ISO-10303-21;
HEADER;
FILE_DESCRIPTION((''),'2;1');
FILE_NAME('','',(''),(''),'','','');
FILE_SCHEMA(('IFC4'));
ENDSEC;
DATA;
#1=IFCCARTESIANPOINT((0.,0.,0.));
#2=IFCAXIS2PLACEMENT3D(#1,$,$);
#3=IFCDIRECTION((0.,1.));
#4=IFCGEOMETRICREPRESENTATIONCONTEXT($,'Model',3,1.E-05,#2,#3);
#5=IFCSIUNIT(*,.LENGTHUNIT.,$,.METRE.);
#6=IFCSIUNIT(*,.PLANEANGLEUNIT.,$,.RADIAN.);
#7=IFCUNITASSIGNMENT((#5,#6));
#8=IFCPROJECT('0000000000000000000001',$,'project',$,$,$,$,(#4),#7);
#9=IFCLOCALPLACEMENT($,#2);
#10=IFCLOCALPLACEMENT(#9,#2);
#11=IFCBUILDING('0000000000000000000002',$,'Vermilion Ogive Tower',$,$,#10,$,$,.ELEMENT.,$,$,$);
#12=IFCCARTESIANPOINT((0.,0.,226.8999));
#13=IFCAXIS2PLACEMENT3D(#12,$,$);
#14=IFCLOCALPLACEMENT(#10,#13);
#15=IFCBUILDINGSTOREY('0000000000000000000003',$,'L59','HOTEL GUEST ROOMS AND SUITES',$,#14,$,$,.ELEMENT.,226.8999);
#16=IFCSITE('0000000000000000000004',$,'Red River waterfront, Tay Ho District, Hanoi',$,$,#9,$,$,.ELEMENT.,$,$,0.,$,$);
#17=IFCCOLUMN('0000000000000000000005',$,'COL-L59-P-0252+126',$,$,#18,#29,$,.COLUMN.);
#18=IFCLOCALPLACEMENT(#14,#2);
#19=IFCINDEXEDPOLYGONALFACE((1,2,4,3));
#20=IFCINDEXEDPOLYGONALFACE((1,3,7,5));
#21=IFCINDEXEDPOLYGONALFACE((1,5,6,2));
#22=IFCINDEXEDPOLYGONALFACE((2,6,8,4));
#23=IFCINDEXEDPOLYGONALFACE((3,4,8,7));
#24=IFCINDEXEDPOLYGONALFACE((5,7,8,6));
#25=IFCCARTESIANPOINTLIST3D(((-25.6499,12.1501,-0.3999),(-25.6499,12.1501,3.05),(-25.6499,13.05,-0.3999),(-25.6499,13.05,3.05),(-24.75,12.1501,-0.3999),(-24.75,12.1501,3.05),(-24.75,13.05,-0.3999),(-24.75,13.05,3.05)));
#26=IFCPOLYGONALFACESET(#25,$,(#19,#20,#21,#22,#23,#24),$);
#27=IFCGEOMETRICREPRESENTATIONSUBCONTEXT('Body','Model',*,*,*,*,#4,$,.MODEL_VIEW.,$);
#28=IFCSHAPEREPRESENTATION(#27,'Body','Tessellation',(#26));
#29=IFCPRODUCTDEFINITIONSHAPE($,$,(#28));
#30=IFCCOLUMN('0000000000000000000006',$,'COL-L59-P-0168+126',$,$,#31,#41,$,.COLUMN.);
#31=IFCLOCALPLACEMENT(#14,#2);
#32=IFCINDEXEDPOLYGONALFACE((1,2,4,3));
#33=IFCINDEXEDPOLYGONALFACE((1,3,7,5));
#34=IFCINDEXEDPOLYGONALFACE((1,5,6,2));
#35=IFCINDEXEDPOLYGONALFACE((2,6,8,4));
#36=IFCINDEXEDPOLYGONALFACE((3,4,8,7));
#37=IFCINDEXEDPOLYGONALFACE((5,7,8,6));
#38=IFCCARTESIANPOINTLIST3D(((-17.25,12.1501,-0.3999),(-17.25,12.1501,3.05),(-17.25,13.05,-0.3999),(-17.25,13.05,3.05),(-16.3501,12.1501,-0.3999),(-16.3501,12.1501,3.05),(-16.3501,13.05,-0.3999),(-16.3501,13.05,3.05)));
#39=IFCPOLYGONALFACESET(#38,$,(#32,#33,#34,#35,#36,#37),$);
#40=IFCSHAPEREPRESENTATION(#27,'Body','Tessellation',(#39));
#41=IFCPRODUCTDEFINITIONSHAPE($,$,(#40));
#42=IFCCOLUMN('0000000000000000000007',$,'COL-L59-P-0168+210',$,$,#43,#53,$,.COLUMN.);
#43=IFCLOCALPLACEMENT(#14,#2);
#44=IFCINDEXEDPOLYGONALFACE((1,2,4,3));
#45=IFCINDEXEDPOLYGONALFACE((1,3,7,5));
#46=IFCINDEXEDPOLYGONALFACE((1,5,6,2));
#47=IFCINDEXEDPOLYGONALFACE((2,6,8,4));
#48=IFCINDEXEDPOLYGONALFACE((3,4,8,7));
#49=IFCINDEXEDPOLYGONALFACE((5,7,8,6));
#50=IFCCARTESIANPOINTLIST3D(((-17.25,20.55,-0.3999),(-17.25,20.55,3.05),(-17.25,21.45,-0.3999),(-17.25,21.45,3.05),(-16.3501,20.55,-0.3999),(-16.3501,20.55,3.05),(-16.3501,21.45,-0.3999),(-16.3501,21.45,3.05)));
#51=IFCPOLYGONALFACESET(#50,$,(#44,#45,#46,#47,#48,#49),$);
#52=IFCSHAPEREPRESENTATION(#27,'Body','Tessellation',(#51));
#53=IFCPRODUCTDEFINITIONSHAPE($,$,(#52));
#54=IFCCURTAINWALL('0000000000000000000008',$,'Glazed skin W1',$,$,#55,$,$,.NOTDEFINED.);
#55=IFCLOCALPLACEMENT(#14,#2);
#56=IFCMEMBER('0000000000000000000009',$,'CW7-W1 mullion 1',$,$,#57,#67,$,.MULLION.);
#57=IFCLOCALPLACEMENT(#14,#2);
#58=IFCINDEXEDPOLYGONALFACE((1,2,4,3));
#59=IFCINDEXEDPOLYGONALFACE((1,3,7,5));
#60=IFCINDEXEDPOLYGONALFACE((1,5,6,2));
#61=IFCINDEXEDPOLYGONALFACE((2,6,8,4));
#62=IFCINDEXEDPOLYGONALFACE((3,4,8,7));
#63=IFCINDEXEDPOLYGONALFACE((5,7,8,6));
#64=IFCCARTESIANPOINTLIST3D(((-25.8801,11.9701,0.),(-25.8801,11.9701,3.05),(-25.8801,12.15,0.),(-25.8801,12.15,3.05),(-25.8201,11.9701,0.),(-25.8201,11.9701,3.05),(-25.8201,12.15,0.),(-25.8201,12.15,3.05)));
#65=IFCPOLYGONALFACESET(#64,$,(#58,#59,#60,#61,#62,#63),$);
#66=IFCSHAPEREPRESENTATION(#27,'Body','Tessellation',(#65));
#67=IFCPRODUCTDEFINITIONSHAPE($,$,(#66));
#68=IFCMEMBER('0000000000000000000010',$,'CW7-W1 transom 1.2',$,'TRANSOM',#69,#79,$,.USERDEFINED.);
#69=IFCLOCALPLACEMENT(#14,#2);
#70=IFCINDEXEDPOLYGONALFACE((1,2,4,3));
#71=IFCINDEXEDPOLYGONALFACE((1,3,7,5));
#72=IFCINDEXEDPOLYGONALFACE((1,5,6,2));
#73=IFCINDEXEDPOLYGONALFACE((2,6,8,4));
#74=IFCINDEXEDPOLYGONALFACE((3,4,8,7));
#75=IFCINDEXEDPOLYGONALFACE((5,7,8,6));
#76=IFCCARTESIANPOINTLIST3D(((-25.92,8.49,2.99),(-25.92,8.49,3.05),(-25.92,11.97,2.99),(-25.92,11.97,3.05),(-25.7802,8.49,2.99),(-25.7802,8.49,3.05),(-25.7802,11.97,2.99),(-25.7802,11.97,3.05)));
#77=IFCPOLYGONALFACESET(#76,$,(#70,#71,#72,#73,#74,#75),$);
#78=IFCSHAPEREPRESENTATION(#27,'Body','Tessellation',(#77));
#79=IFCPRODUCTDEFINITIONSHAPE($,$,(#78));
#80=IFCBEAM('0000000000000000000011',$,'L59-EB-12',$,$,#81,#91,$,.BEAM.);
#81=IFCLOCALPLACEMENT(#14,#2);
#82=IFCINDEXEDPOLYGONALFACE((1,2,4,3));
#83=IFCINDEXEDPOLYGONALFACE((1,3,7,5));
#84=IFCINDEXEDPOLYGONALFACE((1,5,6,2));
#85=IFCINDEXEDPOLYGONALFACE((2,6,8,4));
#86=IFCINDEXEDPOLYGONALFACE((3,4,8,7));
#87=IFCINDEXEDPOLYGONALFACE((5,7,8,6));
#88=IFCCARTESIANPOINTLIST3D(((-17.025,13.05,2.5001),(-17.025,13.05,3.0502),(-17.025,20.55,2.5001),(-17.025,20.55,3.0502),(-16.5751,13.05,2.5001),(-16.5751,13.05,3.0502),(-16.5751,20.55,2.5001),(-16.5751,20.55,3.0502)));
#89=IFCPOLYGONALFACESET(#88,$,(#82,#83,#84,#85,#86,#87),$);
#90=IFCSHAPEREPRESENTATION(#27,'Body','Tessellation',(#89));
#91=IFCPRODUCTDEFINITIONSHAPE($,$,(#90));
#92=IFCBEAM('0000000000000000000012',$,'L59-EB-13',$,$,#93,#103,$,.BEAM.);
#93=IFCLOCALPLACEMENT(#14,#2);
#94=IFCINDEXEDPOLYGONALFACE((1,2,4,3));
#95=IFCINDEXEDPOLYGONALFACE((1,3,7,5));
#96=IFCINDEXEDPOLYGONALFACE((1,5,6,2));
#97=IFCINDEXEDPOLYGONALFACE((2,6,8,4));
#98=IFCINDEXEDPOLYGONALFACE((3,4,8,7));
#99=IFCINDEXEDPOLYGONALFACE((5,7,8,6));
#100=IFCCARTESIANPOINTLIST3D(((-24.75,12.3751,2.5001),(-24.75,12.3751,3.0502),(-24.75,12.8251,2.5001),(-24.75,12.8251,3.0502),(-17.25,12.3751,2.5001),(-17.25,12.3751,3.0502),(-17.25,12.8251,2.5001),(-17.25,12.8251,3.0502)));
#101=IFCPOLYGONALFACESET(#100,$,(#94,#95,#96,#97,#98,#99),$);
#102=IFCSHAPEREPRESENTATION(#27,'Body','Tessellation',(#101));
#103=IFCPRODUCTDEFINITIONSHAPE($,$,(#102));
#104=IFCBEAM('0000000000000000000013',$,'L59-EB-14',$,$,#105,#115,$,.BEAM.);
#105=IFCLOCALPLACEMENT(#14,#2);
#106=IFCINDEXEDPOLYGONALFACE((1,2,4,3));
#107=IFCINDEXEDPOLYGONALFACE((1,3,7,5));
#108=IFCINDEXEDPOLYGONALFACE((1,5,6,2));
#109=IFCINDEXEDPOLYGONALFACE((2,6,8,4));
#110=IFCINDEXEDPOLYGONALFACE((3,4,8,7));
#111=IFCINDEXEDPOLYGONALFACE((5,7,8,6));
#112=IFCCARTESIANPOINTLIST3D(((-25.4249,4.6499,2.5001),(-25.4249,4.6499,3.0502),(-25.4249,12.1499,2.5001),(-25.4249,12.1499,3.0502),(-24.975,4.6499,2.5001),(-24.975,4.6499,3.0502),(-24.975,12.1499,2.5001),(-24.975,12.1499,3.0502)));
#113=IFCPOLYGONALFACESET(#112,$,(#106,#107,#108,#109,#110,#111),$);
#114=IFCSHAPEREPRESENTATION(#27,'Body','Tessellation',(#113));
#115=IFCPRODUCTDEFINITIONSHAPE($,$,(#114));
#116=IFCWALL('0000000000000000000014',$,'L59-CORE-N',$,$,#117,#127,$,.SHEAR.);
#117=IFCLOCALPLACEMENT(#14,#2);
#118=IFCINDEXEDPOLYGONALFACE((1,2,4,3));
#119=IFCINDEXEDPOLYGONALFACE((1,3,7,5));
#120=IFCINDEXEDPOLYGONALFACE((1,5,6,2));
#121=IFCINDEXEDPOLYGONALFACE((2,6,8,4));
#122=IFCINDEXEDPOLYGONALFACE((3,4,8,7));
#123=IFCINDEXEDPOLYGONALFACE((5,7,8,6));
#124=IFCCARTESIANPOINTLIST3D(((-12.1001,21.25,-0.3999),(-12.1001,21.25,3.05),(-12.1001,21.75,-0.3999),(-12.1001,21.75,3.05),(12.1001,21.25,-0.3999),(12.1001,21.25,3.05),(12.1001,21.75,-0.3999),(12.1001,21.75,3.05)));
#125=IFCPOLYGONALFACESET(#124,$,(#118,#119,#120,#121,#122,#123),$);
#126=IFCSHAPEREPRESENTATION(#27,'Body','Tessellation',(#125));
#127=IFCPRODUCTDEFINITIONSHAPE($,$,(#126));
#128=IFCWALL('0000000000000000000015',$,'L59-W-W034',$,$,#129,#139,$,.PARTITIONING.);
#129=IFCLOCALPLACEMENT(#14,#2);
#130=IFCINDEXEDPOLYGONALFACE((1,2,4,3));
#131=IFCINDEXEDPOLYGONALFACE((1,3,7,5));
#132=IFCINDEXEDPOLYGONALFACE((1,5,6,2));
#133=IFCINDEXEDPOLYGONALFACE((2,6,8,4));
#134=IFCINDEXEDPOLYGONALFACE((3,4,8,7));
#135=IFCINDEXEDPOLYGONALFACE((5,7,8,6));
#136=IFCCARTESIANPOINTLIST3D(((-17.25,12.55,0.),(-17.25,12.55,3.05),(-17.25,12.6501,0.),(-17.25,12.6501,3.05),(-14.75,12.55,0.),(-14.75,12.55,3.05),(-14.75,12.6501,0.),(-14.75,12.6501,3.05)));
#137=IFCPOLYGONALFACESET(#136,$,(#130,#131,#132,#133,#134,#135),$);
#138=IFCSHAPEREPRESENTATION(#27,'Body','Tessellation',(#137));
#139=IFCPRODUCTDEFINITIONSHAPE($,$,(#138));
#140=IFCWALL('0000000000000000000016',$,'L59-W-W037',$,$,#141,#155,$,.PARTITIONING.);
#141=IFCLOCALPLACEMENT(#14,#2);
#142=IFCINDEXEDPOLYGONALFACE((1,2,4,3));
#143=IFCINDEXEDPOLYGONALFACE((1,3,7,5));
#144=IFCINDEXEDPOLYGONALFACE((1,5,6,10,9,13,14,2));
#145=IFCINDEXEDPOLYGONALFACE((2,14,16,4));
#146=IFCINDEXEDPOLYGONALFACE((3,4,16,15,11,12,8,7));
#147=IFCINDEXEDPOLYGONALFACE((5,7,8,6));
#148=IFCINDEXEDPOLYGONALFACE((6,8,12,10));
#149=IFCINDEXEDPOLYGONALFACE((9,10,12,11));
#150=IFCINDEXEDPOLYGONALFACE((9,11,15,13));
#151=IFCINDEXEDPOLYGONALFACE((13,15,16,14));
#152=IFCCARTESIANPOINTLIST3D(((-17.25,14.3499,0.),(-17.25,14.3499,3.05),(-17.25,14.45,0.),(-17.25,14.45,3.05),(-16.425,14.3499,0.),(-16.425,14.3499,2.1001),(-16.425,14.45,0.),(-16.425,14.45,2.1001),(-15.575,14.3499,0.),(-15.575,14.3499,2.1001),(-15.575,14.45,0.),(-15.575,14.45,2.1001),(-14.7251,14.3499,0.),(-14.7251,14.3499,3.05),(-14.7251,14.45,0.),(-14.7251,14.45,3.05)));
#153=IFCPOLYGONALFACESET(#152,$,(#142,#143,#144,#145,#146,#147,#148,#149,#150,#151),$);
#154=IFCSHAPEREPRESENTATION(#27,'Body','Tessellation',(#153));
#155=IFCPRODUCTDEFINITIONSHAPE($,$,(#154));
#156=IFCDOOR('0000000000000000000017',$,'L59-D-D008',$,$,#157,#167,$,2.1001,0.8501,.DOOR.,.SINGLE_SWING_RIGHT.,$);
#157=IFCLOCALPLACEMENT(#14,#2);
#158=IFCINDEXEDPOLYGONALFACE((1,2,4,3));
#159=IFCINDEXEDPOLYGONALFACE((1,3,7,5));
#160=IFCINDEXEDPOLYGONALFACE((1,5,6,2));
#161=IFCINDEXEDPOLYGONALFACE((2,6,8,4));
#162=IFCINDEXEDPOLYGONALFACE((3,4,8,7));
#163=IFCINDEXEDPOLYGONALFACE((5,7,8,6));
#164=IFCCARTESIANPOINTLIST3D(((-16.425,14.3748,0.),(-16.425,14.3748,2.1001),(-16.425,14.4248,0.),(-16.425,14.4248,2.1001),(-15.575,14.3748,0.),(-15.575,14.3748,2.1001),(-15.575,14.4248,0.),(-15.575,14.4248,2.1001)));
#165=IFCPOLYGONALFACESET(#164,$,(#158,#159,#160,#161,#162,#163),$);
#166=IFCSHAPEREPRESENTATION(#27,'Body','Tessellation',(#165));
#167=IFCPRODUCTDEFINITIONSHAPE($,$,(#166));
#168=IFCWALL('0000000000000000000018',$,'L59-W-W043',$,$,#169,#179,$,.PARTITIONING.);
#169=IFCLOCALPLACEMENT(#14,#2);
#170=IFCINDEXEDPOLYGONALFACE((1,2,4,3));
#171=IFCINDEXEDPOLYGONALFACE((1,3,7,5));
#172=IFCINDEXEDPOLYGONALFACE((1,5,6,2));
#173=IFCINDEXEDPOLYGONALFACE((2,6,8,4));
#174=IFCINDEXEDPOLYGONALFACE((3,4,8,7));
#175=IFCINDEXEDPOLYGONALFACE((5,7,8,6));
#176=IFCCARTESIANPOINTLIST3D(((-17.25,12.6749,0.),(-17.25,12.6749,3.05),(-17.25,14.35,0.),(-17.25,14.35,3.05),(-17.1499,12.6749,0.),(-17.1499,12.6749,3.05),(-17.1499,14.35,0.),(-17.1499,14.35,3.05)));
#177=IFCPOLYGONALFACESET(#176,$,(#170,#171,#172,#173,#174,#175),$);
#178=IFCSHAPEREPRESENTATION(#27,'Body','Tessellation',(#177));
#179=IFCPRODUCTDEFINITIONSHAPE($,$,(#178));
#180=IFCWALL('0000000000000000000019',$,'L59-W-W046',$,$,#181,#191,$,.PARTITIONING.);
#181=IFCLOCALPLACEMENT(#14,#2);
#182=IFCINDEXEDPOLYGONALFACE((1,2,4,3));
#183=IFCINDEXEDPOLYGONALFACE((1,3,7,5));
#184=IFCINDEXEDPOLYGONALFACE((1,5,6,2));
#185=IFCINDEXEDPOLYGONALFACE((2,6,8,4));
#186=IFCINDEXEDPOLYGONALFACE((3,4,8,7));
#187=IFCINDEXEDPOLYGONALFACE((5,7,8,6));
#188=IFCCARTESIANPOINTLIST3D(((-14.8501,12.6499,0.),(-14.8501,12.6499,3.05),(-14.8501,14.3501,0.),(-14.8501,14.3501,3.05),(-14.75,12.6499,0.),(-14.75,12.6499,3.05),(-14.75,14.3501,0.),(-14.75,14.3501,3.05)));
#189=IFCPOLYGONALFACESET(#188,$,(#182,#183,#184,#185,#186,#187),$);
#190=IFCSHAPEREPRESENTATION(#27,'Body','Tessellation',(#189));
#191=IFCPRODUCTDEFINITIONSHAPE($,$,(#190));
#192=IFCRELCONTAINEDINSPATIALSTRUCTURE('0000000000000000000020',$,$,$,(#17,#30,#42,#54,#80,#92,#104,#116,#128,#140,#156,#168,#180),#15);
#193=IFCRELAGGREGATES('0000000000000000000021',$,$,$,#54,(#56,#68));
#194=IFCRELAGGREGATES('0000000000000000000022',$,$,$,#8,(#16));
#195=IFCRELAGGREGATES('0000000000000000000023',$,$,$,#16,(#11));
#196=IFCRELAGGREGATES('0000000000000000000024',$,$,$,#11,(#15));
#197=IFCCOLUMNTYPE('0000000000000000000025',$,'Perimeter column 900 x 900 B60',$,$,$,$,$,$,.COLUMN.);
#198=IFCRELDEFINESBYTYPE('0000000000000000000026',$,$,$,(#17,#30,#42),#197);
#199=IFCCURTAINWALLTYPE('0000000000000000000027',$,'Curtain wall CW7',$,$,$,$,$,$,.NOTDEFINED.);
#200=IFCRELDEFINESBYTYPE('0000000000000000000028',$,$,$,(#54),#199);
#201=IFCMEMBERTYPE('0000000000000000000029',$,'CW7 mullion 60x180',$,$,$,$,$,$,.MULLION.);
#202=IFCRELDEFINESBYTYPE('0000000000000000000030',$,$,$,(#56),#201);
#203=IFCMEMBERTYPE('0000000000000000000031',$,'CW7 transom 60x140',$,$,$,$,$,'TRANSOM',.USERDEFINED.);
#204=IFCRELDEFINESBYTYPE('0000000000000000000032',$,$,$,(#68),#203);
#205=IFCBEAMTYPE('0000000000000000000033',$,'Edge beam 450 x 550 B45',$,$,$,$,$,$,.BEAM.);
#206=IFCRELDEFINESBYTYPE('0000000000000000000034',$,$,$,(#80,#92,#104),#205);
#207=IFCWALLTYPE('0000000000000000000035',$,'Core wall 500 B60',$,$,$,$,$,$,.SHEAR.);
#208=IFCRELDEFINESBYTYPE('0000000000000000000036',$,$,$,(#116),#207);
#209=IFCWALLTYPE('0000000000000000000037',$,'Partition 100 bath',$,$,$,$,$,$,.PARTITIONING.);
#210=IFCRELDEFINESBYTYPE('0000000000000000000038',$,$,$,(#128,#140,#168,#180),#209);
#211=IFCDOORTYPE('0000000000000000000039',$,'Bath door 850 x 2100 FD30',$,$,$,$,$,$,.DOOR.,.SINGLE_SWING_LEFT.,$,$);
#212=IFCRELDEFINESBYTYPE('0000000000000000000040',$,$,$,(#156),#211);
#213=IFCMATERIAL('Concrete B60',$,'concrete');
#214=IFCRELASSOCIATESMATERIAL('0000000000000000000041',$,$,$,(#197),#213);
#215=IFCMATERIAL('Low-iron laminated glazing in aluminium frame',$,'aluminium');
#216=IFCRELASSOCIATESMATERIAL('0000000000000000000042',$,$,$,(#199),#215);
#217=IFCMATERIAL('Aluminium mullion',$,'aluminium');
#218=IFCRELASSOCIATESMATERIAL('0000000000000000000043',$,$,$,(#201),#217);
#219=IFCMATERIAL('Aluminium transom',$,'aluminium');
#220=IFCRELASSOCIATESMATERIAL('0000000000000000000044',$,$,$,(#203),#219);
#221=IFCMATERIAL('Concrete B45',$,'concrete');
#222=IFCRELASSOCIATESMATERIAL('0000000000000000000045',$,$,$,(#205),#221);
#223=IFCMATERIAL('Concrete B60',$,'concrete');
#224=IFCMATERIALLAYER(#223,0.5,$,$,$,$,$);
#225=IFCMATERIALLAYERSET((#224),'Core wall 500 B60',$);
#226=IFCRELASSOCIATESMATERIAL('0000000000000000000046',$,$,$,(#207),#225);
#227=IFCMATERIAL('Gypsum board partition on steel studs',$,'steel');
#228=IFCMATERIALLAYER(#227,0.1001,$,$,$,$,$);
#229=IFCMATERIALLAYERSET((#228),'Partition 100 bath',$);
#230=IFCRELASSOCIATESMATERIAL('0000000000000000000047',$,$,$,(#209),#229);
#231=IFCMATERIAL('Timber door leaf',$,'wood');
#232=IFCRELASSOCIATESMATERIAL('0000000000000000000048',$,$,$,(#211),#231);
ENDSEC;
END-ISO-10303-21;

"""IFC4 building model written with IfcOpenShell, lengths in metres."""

from ifc_helpers import new_model, si_unit, direction, frame, frame_2d, origin, origin_2d, place, context, subcontext, project, spatial, rectangle, extrude, material, layer, layer_set, material_profile, profile_set, type_object, element, fill, aggregate, save


model = new_model("IFC4")

# Units and contexts
model_context = context("Model", 3, precision=1e-05, world=origin(), true_north=direction((0.0, 1.0)))
body_context = subcontext(model_context, "Body", "Model", "MODEL_VIEW")
ifc_project = project(units=[si_unit("LENGTHUNIT", "METRE"), si_unit("PLANEANGLEUNIT", "RADIAN")], contexts=[model_context])

# Site, building, storey
site_placement = place(None, origin())
site = spatial("IfcSite", under=ifc_project, at=site_placement, Name="Red River waterfront, Tay Ho District, Hanoi", CompositionType="ELEMENT", RefElevation=0.0)
building_placement = place(site_placement, origin())
building = spatial("IfcBuilding", under=site, at=building_placement, Name="Vermilion Ogive Tower", CompositionType="ELEMENT")
storey_placement = place(building_placement, frame((0.0, 0.0, 226.8999)))
storey = spatial("IfcBuildingStorey", under=building, at=storey_placement, Name="L59", Description="HOTEL GUEST ROOMS AND SUITES", CompositionType="ELEMENT", Elevation=226.8999)

# Columns
ifc_material_1 = material(Name="Concrete B60", Category="concrete")
ifc_material_profile_1 = material_profile(ifc_material_1, rectangle(XDim=0.8999, YDim=0.8999, at=origin_2d()), Name="900 x 900")
ifc_profile_set_1 = profile_set([ifc_material_profile_1], Name="Concrete B60")
column_type = type_object("IfcColumnType", Name="Perimeter column 900 x 900 B60", PredefinedType="COLUMN", material=ifc_profile_set_1)
for number, where, z_axis, x_axis, name in (
    (1, (-25.2, 12.6001, -0.3999), (0.0, 0.0, 1.0), (1.0, 0.0, 0.0), "COL-L59-P-0252+126"),
    (2, (-16.8, 12.6001, -0.3999), (0.0, 0.0, 1.0), (1.0, 0.0, 0.0), "COL-L59-P-0168+126"),
    (3, (-16.8, 21.0, -0.3999), (0.0, 0.0, 1.0), (1.0, 0.0, 0.0), "COL-L59-P-0168+210"),
):
    element("IfcColumn", number, at=place(storey_placement, frame(where, z_axis=z_axis, x_axis=x_axis)), inside=storey, type_object=column_type, Name=name, PredefinedType="COLUMN", context=body_context, shape_type="SweptSolid", body=[
        extrude(rectangle(XDim=0.8999, YDim=0.8999, at=origin_2d()), origin(), (0.0, 0.0, 1.0), 3.45),
    ])

# Curtain wall, members
ifc_material_2 = material(Name="Low-iron laminated glazing in aluminium frame", Category="aluminium")
curtain_wall_type = type_object("IfcCurtainWallType", Name="Curtain wall CW7", PredefinedType="NOTDEFINED", material=ifc_material_2)
curtain_wall_placement = place(storey_placement, origin())
curtain_wall = element("IfcCurtainWall", 4, at=curtain_wall_placement, inside=storey, type_object=curtain_wall_type, Name="Glazed skin W1", PredefinedType="NOTDEFINED")
ifc_material_3 = material(Name="Aluminium mullion", Category="aluminium")
ifc_material_profile_2 = material_profile(ifc_material_3, rectangle(XDim=0.0601, YDim=0.1799, at=origin_2d()), Name="AL 60x180")
ifc_profile_set_2 = profile_set([ifc_material_profile_2], Name="Aluminium mullion")
member_type_1 = type_object("IfcMemberType", Name="CW7 mullion 60x180", PredefinedType="MULLION", material=ifc_profile_set_2)
member_1_placement = place(storey_placement, frame((-25.8501, 12.0601, 0.0), z_axis=(0.0, 0.0, 1.0), x_axis=(1.0, 0.0, 0.0)))
member_1 = element("IfcMember", 5, at=member_1_placement, type_object=member_type_1, Name="CW7-W1 mullion 1", PredefinedType="MULLION", context=body_context, shape_type="SweptSolid", body=[
    extrude(rectangle(XDim=0.0601, YDim=0.1799, at=origin_2d()), origin(), (0.0, 0.0, 1.0), 3.05),
])
ifc_material_4 = material(Name="Aluminium transom", Category="aluminium")
ifc_material_profile_3 = material_profile(ifc_material_4, rectangle(XDim=0.1399, YDim=0.0601, at=origin_2d()), Name="AL 60x140")
ifc_profile_set_3 = profile_set([ifc_material_profile_3], Name="Aluminium transom")
member_type_2 = type_object("IfcMemberType", Name="CW7 transom 60x140", ElementType="TRANSOM", PredefinedType="USERDEFINED", material=ifc_profile_set_3)
member_2_placement = place(storey_placement, frame((-25.8501, 11.97, 3.02), z_axis=(0.0, -1.0, 0.0), x_axis=(1.0, 0.0, 0.0)))
member_2 = element("IfcMember", 6, at=member_2_placement, type_object=member_type_2, Name="CW7-W1 transom 1.2", ObjectType="TRANSOM", PredefinedType="USERDEFINED", context=body_context, shape_type="SweptSolid", body=[
    extrude(rectangle(XDim=0.1399, YDim=0.0601, at=origin_2d()), origin(), (0.0, 0.0, 1.0), 3.48),
])
aggregate(curtain_wall, [member_1, member_2])

# Beams
ifc_material_5 = material(Name="Concrete B45", Category="concrete")
ifc_material_profile_4 = material_profile(ifc_material_5, rectangle(XDim=0.45, YDim=0.55, at=origin_2d()), Name="450 x 550")
ifc_profile_set_4 = profile_set([ifc_material_profile_4], Name="Concrete B45")
beam_type = type_object("IfcBeamType", Name="Edge beam 450 x 550 B45", PredefinedType="BEAM", material=ifc_profile_set_4)
for number, where, z_axis, x_axis, name in (
    (7, (-16.8, 20.55, 2.7751), (0.0, -1.0, 0.0), (1.0, 0.0, 0.0), "L59-EB-12"),
    (8, (-17.25, 12.6001, 2.7751), (-1.0, 0.0, 0.0), (0.0, -1.0, 0.0), "L59-EB-13"),
    (9, (-25.2, 12.1499, 2.7751), (0.0, -1.0, 0.0), (1.0, 0.0, 0.0), "L59-EB-14"),
):
    element("IfcBeam", number, at=place(storey_placement, frame(where, z_axis=z_axis, x_axis=x_axis)), inside=storey, type_object=beam_type, Name=name, PredefinedType="BEAM", context=body_context, shape_type="SweptSolid", body=[
        extrude(rectangle(XDim=0.45, YDim=0.55, at=origin_2d()), origin(), (0.0, 0.0, 1.0), 7.5),
    ])

# Walls
ifc_material_6 = material(Name="Concrete B60", Category="concrete")
ifc_layer_1 = layer(ifc_material_6, 0.5)
ifc_layer_set_1 = layer_set([ifc_layer_1], Name="Core wall 500 B60")
wall_type_1 = type_object("IfcWallType", Name="Core wall 500 B60", PredefinedType="SHEAR", material=ifc_layer_set_1)
wall_1_placement = place(storey_placement, frame((-12.1001, 21.5, -0.3999), z_axis=(0.0, 0.0, 1.0), x_axis=(1.0, 0.0, 0.0)))
element("IfcWall", 10, at=wall_1_placement, inside=storey, type_object=wall_type_1, Name="L59-CORE-N", PredefinedType="SHEAR", context=body_context, shape_type="SweptSolid", body=[
    extrude(rectangle(XDim=24.2002, YDim=0.5, at=frame_2d((12.1001, 0.0))), origin(), (0.0, 0.0, 1.0), 3.45),
])
ifc_material_7 = material(Name="Gypsum board partition on steel studs", Category="steel")
ifc_layer_2 = layer(ifc_material_7, 0.1001)
ifc_layer_set_2 = layer_set([ifc_layer_2], Name="Partition 100 bath")
wall_type_2 = type_object("IfcWallType", Name="Partition 100 bath", PredefinedType="PARTITIONING", material=ifc_layer_set_2)
wall_2_placement = place(storey_placement, frame((-17.25, 12.6001, 0.0), z_axis=(0.0, 0.0, 1.0), x_axis=(1.0, 0.0, 0.0)))
element("IfcWall", 11, at=wall_2_placement, inside=storey, type_object=wall_type_2, Name="L59-W-W034", PredefinedType="PARTITIONING", context=body_context, shape_type="SweptSolid", body=[
    extrude(rectangle(XDim=2.5, YDim=0.1001, at=frame_2d((1.25, 0.0))), origin(), (0.0, 0.0, 1.0), 3.05),
])

# Wall, opening, door
wall_3_placement = place(storey_placement, frame((-17.25, 14.3999, 0.0), z_axis=(0.0, 0.0, 1.0), x_axis=(1.0, 0.0, 0.0)))
wall_3 = element("IfcWall", 12, at=wall_3_placement, inside=storey, type_object=wall_type_2, Name="L59-W-W037", PredefinedType="PARTITIONING", context=body_context, shape_type="SweptSolid", body=[
    extrude(rectangle(XDim=2.5249, YDim=0.1001, at=frame_2d((1.2625, 0.0))), origin(), (0.0, 0.0, 1.0), 3.05),
])
opening_1_placement = place(wall_3_placement, frame((0.825, 0.0, 0.0)))
opening_1 = element("IfcOpeningElement", 13, at=opening_1_placement, cuts=wall_3, PredefinedType="OPENING", context=body_context, shape_type="SweptSolid", body=[
    extrude(rectangle(XDim=0.8501, YDim=2.1001, at=frame_2d((0.425, 1.05))), frame((0.0, 0.0601, 0.0), z_axis=(0.0, -1.0, 0.0), x_axis=(1.0, 0.0, 0.0)), (0.0, 0.0, 1.0), 0.1201),
])
ifc_material_8 = material(Name="Timber door leaf", Category="wood")
door_type_1 = type_object("IfcDoorType", Name="Bath door 850 x 2100 FD30", OperationType="SINGLE_SWING_LEFT", PredefinedType="DOOR", material=ifc_material_8)
door_1_placement = place(opening_1_placement, origin())
door_1 = element("IfcDoor", 14, at=door_1_placement, inside=storey, type_object=door_type_1, Name="L59-D-D008", OperationType="SINGLE_SWING_RIGHT", OverallHeight=2.1001, OverallWidth=0.8501, PredefinedType="DOOR", context=body_context, shape_type="SweptSolid", body=[
    extrude(rectangle(XDim=0.8501, YDim=2.1001, at=frame_2d((0.425, 1.05))), frame((0.0, 0.0249, 0.0), z_axis=(0.0, -1.0, 0.0), x_axis=(1.0, 0.0, 0.0)), (0.0, 0.0, 1.0), 0.05),
])
fill(opening_1, door_1)

# Walls
wall_4_placement = place(storey_placement, frame((-17.2, 12.675, 0.0), z_axis=(0.0, 0.0, 1.0), x_axis=(0.0, 1.0, 0.0)))
element("IfcWall", 15, at=wall_4_placement, inside=storey, type_object=wall_type_2, Name="L59-W-W043", PredefinedType="PARTITIONING", context=body_context, shape_type="SweptSolid", body=[
    extrude(rectangle(XDim=1.675, YDim=0.1001, at=frame_2d((0.8374, 0.0))), origin(), (0.0, 0.0, 1.0), 3.05),
])
wall_5_placement = place(storey_placement, frame((-14.8, 12.6499, 0.0), z_axis=(0.0, 0.0, 1.0), x_axis=(0.0, 1.0, 0.0)))
element("IfcWall", 16, at=wall_5_placement, inside=storey, type_object=wall_type_2, Name="L59-W-W046", PredefinedType="PARTITIONING", context=body_context, shape_type="SweptSolid", body=[
    extrude(rectangle(XDim=1.7002, YDim=0.1001, at=frame_2d((0.8501, 0.0))), origin(), (0.0, 0.0, 1.0), 3.05),
])

save(model, "model.ifc")
